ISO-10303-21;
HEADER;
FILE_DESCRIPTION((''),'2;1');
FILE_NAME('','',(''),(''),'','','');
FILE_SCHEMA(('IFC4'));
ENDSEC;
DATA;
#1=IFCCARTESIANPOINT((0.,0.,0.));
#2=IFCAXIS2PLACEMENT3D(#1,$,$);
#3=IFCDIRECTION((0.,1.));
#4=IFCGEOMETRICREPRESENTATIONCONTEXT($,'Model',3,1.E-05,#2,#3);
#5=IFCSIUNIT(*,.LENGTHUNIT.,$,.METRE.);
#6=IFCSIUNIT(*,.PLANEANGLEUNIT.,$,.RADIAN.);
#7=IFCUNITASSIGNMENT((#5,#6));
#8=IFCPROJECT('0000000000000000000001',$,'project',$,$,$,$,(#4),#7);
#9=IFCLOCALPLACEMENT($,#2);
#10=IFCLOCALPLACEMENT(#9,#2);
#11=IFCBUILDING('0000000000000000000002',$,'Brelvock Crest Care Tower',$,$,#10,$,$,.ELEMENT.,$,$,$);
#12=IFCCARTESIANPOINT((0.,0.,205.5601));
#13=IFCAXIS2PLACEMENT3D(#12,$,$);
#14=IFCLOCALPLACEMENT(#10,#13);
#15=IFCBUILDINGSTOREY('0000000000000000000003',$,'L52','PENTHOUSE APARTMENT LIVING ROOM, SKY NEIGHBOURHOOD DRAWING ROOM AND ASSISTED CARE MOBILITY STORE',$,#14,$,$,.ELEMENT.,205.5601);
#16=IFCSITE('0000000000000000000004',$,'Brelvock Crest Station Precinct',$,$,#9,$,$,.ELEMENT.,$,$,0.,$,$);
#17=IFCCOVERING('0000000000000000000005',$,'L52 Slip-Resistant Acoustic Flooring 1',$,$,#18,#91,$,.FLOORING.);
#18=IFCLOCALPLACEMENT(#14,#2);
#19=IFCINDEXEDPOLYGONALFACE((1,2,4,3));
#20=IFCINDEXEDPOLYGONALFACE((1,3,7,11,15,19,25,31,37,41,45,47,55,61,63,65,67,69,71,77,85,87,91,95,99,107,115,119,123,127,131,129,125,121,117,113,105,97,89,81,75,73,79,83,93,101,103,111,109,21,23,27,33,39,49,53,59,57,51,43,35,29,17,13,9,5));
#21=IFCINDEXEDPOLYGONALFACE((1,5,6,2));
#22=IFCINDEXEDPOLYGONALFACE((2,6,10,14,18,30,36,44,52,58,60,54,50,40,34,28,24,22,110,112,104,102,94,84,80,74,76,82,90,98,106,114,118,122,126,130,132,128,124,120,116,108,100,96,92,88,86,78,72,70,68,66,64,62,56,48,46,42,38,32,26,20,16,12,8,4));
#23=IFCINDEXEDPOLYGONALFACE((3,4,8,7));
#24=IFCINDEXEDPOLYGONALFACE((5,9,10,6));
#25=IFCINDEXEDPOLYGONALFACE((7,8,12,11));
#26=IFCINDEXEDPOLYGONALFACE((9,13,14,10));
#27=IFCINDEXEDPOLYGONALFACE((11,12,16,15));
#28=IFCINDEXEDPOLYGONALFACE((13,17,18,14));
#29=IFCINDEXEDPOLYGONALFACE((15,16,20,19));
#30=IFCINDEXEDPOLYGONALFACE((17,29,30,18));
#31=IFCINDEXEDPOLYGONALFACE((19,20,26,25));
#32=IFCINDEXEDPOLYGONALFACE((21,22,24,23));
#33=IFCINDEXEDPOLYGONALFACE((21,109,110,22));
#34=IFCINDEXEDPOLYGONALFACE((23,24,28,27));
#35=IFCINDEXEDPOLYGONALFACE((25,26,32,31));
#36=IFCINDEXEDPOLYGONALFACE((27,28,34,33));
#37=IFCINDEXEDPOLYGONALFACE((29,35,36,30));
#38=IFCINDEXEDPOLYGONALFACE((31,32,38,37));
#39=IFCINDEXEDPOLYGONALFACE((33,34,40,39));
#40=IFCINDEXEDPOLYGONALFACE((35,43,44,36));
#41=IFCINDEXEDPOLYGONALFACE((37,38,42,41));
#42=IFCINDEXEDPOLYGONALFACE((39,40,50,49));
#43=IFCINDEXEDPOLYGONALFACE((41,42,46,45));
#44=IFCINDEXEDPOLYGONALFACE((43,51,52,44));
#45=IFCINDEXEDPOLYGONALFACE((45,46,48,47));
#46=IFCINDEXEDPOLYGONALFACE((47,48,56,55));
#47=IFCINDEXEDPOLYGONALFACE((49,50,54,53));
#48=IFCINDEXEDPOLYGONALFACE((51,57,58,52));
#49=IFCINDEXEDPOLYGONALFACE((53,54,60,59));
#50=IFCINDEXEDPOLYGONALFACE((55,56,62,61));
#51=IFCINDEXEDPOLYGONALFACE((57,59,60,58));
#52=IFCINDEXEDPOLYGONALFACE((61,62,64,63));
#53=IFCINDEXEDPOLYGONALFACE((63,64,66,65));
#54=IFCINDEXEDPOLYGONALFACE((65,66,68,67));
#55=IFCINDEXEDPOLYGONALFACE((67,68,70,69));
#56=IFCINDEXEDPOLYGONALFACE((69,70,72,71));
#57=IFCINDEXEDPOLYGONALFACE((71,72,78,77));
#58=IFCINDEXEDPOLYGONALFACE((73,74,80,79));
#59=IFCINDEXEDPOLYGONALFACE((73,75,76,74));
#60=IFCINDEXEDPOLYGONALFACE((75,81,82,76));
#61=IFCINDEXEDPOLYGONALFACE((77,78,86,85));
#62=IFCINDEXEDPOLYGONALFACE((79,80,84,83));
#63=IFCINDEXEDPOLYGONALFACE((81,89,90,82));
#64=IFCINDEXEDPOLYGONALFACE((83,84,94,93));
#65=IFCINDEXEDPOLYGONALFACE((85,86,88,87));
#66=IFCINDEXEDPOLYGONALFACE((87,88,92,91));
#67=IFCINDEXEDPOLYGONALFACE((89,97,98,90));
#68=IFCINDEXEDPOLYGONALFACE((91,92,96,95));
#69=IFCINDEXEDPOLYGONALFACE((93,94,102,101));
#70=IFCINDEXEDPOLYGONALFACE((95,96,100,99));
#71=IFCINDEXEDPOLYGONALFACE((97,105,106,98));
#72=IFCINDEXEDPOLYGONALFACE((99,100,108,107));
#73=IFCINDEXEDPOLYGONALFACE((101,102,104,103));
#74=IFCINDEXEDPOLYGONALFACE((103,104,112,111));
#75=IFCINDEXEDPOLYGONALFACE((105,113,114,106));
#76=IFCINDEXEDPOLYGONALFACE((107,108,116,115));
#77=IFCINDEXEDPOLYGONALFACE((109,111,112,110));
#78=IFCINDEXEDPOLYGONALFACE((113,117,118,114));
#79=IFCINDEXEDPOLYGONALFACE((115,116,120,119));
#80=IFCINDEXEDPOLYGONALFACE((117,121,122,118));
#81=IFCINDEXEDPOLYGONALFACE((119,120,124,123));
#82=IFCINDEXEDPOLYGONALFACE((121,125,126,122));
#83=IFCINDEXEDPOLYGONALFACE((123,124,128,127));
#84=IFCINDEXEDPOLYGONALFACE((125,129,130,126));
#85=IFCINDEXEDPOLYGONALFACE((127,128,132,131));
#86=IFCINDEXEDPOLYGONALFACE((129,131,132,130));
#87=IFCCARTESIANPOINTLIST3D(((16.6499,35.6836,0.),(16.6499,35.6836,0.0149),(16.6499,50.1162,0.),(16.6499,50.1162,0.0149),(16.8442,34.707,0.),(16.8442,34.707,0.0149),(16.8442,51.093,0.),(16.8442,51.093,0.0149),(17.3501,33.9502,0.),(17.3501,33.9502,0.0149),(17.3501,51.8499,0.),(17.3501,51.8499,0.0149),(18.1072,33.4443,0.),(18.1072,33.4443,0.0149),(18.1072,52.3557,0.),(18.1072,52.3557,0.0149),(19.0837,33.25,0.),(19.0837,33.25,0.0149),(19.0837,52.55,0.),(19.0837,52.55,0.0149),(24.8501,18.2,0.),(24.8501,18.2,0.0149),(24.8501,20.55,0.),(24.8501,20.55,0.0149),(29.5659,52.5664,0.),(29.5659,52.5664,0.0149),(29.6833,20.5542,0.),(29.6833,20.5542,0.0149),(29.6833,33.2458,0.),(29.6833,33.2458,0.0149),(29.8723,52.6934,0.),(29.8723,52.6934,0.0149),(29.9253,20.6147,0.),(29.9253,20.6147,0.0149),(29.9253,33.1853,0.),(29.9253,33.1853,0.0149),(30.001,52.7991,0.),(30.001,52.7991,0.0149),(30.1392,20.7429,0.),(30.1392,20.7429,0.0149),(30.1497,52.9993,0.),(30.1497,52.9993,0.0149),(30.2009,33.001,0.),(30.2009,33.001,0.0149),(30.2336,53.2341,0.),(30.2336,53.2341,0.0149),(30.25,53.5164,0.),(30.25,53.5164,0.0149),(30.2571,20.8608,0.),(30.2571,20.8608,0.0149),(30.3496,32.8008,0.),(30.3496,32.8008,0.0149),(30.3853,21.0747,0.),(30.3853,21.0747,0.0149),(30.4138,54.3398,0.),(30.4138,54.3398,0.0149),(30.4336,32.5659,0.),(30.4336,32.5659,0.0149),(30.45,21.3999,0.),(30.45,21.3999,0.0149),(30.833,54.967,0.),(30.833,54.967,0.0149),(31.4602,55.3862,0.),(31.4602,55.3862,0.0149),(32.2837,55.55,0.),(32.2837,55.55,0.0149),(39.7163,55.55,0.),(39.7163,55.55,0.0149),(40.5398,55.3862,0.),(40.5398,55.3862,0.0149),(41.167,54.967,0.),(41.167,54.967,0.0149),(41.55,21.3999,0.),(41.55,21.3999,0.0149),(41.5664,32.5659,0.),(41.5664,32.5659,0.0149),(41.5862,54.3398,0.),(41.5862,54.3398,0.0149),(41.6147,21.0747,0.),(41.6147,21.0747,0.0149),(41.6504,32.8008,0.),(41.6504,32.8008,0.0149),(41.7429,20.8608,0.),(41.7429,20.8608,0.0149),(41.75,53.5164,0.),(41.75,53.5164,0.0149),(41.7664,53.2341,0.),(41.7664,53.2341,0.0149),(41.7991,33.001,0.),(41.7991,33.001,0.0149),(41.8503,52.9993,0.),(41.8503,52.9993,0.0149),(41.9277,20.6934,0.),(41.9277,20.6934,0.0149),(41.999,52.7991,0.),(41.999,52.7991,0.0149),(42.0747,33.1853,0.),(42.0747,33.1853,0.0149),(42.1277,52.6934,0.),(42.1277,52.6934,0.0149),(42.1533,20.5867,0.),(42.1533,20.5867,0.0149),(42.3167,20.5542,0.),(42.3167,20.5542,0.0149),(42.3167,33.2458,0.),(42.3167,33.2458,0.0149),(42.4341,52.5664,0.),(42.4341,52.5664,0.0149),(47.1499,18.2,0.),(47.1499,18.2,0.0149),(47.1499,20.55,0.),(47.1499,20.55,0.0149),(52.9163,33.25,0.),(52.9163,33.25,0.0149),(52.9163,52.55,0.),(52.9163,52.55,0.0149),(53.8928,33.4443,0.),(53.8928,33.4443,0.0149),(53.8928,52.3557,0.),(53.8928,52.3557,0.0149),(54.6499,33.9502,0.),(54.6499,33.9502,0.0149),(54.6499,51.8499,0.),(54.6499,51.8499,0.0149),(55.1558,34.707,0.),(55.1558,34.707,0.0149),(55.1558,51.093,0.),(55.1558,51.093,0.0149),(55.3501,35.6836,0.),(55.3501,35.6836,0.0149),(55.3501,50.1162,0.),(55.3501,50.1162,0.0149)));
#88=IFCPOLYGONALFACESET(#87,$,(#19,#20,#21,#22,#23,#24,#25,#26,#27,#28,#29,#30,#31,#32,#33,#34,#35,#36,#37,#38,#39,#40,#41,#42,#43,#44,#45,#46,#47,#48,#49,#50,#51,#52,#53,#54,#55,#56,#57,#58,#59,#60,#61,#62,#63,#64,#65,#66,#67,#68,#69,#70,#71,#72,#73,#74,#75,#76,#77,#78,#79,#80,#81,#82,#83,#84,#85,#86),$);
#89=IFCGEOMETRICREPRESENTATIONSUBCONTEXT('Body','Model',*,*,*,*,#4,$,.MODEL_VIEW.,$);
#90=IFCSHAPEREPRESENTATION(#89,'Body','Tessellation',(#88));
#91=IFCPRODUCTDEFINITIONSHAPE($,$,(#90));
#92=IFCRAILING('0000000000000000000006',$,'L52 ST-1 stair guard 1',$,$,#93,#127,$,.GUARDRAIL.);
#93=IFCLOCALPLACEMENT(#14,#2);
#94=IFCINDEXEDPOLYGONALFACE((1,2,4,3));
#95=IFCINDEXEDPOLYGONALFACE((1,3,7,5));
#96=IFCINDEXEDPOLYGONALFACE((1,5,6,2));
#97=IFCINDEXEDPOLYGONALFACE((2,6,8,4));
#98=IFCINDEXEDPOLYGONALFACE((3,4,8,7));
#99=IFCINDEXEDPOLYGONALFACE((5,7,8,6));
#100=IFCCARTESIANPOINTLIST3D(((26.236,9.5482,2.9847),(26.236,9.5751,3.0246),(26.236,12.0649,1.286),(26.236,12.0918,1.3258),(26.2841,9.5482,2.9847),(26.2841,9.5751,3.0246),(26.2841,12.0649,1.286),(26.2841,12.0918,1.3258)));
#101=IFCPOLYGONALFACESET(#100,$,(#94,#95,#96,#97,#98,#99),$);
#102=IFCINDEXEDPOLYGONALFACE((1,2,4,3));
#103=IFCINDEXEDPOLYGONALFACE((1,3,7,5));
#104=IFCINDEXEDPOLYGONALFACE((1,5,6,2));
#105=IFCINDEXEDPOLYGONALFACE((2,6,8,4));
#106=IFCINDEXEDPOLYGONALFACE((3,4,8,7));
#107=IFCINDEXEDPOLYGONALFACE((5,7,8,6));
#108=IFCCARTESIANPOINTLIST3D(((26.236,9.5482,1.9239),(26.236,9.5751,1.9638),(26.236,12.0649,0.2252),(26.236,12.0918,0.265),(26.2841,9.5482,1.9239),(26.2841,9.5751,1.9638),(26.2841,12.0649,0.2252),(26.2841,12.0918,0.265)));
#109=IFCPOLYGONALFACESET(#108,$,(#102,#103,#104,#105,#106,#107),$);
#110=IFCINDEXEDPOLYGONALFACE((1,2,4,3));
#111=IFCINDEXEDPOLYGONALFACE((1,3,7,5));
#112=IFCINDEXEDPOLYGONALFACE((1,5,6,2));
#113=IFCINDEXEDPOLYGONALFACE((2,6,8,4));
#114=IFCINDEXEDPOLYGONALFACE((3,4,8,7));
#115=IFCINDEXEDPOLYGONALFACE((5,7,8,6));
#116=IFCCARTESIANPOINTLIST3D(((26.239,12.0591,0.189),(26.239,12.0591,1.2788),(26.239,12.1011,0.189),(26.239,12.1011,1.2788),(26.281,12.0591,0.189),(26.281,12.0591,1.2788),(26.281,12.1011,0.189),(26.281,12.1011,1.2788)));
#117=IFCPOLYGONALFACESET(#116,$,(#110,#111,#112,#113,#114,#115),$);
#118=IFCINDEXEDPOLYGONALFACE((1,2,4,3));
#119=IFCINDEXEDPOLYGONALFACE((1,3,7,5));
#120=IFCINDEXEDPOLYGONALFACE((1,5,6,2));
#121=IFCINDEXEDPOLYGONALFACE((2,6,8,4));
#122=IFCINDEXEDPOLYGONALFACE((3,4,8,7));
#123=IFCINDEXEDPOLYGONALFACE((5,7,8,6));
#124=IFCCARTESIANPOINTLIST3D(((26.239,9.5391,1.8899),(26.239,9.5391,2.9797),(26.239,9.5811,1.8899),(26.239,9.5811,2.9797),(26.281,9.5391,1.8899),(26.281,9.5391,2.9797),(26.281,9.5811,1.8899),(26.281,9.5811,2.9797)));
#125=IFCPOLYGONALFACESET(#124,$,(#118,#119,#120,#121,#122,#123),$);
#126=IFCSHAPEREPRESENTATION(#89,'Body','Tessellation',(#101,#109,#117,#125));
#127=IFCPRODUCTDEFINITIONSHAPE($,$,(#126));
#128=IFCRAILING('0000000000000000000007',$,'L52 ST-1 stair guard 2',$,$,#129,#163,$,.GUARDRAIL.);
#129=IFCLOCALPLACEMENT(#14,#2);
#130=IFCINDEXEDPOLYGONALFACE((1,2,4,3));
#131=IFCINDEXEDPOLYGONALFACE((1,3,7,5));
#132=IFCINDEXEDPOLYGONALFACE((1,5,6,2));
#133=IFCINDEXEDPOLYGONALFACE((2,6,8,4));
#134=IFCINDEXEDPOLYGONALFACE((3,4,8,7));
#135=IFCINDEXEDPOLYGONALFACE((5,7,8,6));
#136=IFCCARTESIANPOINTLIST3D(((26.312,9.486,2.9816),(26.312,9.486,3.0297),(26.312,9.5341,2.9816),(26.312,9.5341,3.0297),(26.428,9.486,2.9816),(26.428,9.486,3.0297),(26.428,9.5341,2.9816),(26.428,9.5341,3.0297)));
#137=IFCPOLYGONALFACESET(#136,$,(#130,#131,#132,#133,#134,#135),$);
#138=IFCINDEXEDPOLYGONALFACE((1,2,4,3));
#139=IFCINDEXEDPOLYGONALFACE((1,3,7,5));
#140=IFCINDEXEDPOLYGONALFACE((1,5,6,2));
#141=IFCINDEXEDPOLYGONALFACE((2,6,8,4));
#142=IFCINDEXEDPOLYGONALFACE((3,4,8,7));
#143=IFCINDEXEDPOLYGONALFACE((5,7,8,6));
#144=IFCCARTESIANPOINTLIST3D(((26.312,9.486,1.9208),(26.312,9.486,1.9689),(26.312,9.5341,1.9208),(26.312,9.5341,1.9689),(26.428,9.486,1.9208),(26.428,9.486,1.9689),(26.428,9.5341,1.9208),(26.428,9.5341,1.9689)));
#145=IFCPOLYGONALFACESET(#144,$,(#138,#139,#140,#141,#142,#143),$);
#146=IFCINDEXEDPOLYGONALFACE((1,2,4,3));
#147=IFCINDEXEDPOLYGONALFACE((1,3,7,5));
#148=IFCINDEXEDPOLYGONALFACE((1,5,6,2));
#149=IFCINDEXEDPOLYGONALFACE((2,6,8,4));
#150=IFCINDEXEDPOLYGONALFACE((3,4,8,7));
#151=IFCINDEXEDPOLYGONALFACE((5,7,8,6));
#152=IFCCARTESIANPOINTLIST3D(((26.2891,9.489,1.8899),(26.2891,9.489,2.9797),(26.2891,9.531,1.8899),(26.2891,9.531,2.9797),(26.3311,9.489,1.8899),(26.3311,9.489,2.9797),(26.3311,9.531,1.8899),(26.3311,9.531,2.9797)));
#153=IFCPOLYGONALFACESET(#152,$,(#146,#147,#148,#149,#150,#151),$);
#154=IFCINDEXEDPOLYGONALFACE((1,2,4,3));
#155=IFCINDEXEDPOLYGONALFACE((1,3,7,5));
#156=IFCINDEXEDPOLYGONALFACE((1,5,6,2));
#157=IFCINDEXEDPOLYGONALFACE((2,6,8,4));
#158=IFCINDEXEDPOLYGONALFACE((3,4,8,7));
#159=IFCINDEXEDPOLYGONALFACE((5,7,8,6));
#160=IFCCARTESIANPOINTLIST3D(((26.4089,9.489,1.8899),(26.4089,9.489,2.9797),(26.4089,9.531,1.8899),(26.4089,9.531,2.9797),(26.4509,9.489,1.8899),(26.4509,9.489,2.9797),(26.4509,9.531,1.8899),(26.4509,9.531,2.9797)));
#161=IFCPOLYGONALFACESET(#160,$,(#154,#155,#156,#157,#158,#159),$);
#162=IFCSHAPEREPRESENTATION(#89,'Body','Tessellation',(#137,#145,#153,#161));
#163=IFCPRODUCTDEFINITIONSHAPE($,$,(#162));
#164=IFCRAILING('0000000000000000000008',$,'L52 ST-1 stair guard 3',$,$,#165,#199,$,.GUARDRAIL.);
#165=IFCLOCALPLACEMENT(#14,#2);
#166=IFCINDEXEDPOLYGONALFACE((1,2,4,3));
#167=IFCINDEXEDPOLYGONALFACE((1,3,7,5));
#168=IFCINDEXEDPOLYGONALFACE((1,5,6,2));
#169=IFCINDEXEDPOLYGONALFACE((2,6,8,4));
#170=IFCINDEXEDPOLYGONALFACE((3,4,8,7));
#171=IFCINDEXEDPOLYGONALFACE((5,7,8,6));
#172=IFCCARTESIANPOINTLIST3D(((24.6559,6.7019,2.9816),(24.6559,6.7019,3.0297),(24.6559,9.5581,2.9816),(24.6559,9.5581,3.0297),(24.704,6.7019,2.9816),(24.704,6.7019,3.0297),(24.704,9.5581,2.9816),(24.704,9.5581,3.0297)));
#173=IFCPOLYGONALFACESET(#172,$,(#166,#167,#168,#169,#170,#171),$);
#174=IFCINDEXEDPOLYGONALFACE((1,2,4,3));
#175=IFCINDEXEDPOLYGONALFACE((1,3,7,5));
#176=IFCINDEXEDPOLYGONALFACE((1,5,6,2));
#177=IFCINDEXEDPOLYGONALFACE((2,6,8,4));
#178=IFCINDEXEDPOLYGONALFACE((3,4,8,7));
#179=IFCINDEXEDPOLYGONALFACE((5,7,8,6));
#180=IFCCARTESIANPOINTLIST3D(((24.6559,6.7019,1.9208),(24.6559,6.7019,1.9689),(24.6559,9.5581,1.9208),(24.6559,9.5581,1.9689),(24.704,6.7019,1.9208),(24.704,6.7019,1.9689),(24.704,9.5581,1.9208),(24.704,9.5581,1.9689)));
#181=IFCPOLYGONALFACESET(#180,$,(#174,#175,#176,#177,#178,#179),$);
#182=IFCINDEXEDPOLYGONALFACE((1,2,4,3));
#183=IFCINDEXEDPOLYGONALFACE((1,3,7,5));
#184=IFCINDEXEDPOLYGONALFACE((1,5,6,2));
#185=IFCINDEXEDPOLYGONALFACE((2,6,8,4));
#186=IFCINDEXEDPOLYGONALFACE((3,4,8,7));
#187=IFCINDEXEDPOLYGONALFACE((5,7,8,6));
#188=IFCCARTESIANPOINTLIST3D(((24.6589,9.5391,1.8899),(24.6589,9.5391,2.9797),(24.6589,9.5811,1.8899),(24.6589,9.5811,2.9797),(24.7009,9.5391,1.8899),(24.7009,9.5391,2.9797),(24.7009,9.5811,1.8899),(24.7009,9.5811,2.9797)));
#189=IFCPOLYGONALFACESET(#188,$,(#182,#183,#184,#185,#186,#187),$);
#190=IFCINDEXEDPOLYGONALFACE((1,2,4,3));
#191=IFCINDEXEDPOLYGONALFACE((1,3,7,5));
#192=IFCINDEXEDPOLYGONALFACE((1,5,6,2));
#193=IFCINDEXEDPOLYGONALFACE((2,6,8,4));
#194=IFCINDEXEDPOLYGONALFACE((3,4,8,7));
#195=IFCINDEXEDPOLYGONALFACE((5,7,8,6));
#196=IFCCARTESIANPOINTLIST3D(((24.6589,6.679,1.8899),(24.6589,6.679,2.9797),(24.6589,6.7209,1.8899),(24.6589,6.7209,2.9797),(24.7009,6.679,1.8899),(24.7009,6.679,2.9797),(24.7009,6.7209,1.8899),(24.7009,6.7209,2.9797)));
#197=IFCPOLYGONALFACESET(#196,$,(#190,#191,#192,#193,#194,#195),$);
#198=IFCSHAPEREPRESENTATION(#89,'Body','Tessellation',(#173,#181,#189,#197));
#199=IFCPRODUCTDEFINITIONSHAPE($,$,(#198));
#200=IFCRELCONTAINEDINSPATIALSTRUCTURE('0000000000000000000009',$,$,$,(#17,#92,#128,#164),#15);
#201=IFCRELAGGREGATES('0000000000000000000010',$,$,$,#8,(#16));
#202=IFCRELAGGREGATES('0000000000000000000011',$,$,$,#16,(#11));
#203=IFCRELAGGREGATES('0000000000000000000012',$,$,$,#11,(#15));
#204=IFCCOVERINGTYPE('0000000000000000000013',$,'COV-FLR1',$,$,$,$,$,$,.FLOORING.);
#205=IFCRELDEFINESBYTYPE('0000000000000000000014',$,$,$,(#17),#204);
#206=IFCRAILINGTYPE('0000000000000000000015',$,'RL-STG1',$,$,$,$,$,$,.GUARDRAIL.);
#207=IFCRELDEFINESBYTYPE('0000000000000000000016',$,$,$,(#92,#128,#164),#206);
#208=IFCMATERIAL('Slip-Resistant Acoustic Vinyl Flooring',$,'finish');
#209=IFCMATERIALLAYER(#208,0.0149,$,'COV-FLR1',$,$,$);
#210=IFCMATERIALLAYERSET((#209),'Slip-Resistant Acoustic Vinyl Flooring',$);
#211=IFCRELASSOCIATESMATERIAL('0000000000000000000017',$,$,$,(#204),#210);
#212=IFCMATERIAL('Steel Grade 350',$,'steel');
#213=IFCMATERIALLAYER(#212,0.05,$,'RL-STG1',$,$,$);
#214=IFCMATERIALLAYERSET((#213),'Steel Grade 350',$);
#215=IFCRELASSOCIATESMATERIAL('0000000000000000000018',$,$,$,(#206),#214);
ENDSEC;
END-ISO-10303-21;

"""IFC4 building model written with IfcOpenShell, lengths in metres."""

from ifc_helpers import new_model, si_unit, direction, frame, origin, origin_2d, place, context, subcontext, project, spatial, polyline, rectangle, outline, extrude, material, layer, layer_set, type_object, element, save


model = new_model("IFC4")

# Units and contexts
model_context = context("Model", 3, precision=1e-05, world=origin(), true_north=direction((0.0, 1.0)))
body_context = subcontext(model_context, "Body", "Model", "MODEL_VIEW")
ifc_project = project(units=[si_unit("LENGTHUNIT", "METRE"), si_unit("PLANEANGLEUNIT", "RADIAN")], contexts=[model_context])

# Site, building, storey
site_placement = place(None, origin())
site = spatial("IfcSite", under=ifc_project, at=site_placement, Name="Brelvock Crest Station Precinct", CompositionType="ELEMENT", RefElevation=0.0)
building_placement = place(site_placement, origin())
building = spatial("IfcBuilding", under=site, at=building_placement, Name="Brelvock Crest Care Tower", CompositionType="ELEMENT")
storey_placement = place(building_placement, frame((0.0, 0.0, 205.5601)))
storey = spatial("IfcBuildingStorey", under=building, at=storey_placement, Name="L52", Description="PENTHOUSE APARTMENT LIVING ROOM, SKY NEIGHBOURHOOD DRAWING ROOM AND ASSISTED CARE MOBILITY STORE", CompositionType="ELEMENT", Elevation=205.5601)

# Shared definitions
ifc_material_1 = material(Name="Steel Grade 350", Category="steel")

# Covering
ifc_material_2 = material(Name="Slip-Resistant Acoustic Vinyl Flooring", Category="finish")
ifc_layer_1 = layer(ifc_material_2, 0.0149, Name="COV-FLR1")
ifc_layer_set_1 = layer_set([ifc_layer_1], Name="Slip-Resistant Acoustic Vinyl Flooring")
covering_type_1 = type_object("IfcCoveringType", Name="COV-FLR1", PredefinedType="FLOORING", material=ifc_layer_set_1)
covering_1_placement = place(storey_placement, origin())
element("IfcCovering", 1, at=covering_1_placement, inside=storey, type_object=covering_type_1, Name="L52 Slip-Resistant Acoustic Flooring 1", PredefinedType="FLOORING", context=body_context, shape_type="SweptSolid", body=[
    extrude(outline(polyline([(24.8501, 18.2), (47.1499, 18.2), (47.1499, 20.55), (42.3167, 20.5542), (42.1533, 20.5867), (41.9277, 20.6934), (41.7429, 20.8608), (41.6147, 21.0747), (41.55, 21.3999), (41.5664, 32.5659), (41.6504, 32.8008), (41.7991, 33.001), (42.0747, 33.1853), (42.3167, 33.2458), (52.9163, 33.25), (53.8928, 33.4443), (54.6499, 33.9502), (55.1558, 34.707), (55.3501, 35.6836), (55.3501, 50.1162), (55.1558, 51.093), (54.6499, 51.8499), (53.8928, 52.3557), (52.9163, 52.55), (42.4341, 52.5664), (42.1277, 52.6934), (41.999, 52.7991), (41.8503, 52.9993), (41.7664, 53.2341), (41.75, 53.5164), (41.5862, 54.3398), (41.167, 54.967), (40.5398, 55.3862), (39.7163, 55.55), (32.2837, 55.55), (31.4602, 55.3862), (30.833, 54.967), (30.4138, 54.3398), (30.25, 53.5164), (30.2336, 53.2341), (30.1497, 52.9993), (30.001, 52.7991), (29.8723, 52.6934), (29.5659, 52.5664), (19.0837, 52.55), (18.1072, 52.3557), (17.3501, 51.8499), (16.8442, 51.093), (16.6499, 50.1162), (16.6499, 35.6836), (16.8442, 34.707), (17.3501, 33.9502), (18.1072, 33.4443), (19.0837, 33.25), (29.6833, 33.2458), (29.9253, 33.1853), (30.2009, 33.001), (30.3496, 32.8008), (30.4336, 32.5659), (30.45, 21.3999), (30.3853, 21.0747), (30.2571, 20.8608), (30.1392, 20.7429), (29.9253, 20.6147), (29.6833, 20.5542), (24.8501, 20.55), (24.8501, 18.2)])), origin(), (0.0, 0.0, 1.0), 0.0149),
])

# Railings
ifc_layer_2 = layer(ifc_material_1, 0.05, Name="RL-STG1")
ifc_layer_set_2 = layer_set([ifc_layer_2], Name="Steel Grade 350")
railing_type_1 = type_object("IfcRailingType", Name="RL-STG1", PredefinedType="GUARDRAIL", material=ifc_layer_set_2)
railing_1_placement = place(storey_placement, frame((26.26, 12.0801, 0.189)))
element("IfcRailing", 2, at=railing_1_placement, inside=storey, type_object=railing_type_1, Name="L52 ST-1 stair guard 1", PredefinedType="GUARDRAIL", context=body_context, shape_type="SweptSolid", body=[
    extrude(rectangle(XDim=0.0481, YDim=0.0481, at=origin_2d()), frame((0.0, -0.0017, 1.1169), z_axis=(0.0, -0.828862, 0.559454), x_axis=(1.0, 0.0, 0.0)), (0.0, 0.0, 1.0), 3.0364),
    extrude(rectangle(XDim=0.0481, YDim=0.0481, at=origin_2d()), frame((0.0, -0.0017, 0.0562), z_axis=(0.0, -0.828862, 0.559454), x_axis=(1.0, 0.0, 0.0)), (0.0, 0.0, 1.0), 3.0364),
    extrude(rectangle(XDim=0.042, YDim=0.042, at=origin_2d()), origin(), (0.0, 0.0, 1.0), 1.0898),
    extrude(rectangle(XDim=0.042, YDim=0.042, at=origin_2d()), frame((0.0, -2.52, 1.7009)), (0.0, 0.0, 1.0), 1.0898),
])
railing_2_placement = place(storey_placement, frame((26.3101, 9.51, 1.8899)))
element("IfcRailing", 3, at=railing_2_placement, inside=storey, type_object=railing_type_1, Name="L52 ST-1 stair guard 2", PredefinedType="GUARDRAIL", context=body_context, shape_type="SweptSolid", body=[
    extrude(rectangle(XDim=0.0481, YDim=0.0481, at=origin_2d()), frame((0.002, 0.0, 1.1157), z_axis=(1.0, 0.0, 0.0), x_axis=(0.0, 1.0, 0.0)), (0.0, 0.0, 1.0), 0.116),
    extrude(rectangle(XDim=0.0481, YDim=0.0481, at=origin_2d()), frame((0.002, 0.0, 0.0549), z_axis=(1.0, 0.0, 0.0), x_axis=(0.0, 1.0, 0.0)), (0.0, 0.0, 1.0), 0.116),
    extrude(rectangle(XDim=0.042, YDim=0.042, at=origin_2d()), origin(), (0.0, 0.0, 1.0), 1.0898),
    extrude(rectangle(XDim=0.042, YDim=0.042, at=origin_2d()), frame((0.1199, 0.0, 0.0)), (0.0, 0.0, 1.0), 1.0898),
])
railing_3_placement = place(storey_placement, frame((24.6799, 9.5601, 1.8899)))
element("IfcRailing", 4, at=railing_3_placement, inside=storey, type_object=railing_type_1, Name="L52 ST-1 stair guard 3", PredefinedType="GUARDRAIL", context=body_context, shape_type="SweptSolid", body=[
    extrude(rectangle(XDim=0.0481, YDim=0.0481, at=origin_2d()), frame((0.0, -0.002, 1.1157), z_axis=(0.0, -1.0, 0.0), x_axis=(1.0, 0.0, 0.0)), (0.0, 0.0, 1.0), 2.8562),
    extrude(rectangle(XDim=0.0481, YDim=0.0481, at=origin_2d()), frame((0.0, -0.002, 0.0549), z_axis=(0.0, -1.0, 0.0), x_axis=(1.0, 0.0, 0.0)), (0.0, 0.0, 1.0), 2.8562),
    extrude(rectangle(XDim=0.042, YDim=0.042, at=origin_2d()), origin(), (0.0, 0.0, 1.0), 1.0898),
    extrude(rectangle(XDim=0.042, YDim=0.042, at=origin_2d()), frame((0.0, -2.8601, 0.0)), (0.0, 0.0, 1.0), 1.0898),
])

save(model, "model.ifc")
